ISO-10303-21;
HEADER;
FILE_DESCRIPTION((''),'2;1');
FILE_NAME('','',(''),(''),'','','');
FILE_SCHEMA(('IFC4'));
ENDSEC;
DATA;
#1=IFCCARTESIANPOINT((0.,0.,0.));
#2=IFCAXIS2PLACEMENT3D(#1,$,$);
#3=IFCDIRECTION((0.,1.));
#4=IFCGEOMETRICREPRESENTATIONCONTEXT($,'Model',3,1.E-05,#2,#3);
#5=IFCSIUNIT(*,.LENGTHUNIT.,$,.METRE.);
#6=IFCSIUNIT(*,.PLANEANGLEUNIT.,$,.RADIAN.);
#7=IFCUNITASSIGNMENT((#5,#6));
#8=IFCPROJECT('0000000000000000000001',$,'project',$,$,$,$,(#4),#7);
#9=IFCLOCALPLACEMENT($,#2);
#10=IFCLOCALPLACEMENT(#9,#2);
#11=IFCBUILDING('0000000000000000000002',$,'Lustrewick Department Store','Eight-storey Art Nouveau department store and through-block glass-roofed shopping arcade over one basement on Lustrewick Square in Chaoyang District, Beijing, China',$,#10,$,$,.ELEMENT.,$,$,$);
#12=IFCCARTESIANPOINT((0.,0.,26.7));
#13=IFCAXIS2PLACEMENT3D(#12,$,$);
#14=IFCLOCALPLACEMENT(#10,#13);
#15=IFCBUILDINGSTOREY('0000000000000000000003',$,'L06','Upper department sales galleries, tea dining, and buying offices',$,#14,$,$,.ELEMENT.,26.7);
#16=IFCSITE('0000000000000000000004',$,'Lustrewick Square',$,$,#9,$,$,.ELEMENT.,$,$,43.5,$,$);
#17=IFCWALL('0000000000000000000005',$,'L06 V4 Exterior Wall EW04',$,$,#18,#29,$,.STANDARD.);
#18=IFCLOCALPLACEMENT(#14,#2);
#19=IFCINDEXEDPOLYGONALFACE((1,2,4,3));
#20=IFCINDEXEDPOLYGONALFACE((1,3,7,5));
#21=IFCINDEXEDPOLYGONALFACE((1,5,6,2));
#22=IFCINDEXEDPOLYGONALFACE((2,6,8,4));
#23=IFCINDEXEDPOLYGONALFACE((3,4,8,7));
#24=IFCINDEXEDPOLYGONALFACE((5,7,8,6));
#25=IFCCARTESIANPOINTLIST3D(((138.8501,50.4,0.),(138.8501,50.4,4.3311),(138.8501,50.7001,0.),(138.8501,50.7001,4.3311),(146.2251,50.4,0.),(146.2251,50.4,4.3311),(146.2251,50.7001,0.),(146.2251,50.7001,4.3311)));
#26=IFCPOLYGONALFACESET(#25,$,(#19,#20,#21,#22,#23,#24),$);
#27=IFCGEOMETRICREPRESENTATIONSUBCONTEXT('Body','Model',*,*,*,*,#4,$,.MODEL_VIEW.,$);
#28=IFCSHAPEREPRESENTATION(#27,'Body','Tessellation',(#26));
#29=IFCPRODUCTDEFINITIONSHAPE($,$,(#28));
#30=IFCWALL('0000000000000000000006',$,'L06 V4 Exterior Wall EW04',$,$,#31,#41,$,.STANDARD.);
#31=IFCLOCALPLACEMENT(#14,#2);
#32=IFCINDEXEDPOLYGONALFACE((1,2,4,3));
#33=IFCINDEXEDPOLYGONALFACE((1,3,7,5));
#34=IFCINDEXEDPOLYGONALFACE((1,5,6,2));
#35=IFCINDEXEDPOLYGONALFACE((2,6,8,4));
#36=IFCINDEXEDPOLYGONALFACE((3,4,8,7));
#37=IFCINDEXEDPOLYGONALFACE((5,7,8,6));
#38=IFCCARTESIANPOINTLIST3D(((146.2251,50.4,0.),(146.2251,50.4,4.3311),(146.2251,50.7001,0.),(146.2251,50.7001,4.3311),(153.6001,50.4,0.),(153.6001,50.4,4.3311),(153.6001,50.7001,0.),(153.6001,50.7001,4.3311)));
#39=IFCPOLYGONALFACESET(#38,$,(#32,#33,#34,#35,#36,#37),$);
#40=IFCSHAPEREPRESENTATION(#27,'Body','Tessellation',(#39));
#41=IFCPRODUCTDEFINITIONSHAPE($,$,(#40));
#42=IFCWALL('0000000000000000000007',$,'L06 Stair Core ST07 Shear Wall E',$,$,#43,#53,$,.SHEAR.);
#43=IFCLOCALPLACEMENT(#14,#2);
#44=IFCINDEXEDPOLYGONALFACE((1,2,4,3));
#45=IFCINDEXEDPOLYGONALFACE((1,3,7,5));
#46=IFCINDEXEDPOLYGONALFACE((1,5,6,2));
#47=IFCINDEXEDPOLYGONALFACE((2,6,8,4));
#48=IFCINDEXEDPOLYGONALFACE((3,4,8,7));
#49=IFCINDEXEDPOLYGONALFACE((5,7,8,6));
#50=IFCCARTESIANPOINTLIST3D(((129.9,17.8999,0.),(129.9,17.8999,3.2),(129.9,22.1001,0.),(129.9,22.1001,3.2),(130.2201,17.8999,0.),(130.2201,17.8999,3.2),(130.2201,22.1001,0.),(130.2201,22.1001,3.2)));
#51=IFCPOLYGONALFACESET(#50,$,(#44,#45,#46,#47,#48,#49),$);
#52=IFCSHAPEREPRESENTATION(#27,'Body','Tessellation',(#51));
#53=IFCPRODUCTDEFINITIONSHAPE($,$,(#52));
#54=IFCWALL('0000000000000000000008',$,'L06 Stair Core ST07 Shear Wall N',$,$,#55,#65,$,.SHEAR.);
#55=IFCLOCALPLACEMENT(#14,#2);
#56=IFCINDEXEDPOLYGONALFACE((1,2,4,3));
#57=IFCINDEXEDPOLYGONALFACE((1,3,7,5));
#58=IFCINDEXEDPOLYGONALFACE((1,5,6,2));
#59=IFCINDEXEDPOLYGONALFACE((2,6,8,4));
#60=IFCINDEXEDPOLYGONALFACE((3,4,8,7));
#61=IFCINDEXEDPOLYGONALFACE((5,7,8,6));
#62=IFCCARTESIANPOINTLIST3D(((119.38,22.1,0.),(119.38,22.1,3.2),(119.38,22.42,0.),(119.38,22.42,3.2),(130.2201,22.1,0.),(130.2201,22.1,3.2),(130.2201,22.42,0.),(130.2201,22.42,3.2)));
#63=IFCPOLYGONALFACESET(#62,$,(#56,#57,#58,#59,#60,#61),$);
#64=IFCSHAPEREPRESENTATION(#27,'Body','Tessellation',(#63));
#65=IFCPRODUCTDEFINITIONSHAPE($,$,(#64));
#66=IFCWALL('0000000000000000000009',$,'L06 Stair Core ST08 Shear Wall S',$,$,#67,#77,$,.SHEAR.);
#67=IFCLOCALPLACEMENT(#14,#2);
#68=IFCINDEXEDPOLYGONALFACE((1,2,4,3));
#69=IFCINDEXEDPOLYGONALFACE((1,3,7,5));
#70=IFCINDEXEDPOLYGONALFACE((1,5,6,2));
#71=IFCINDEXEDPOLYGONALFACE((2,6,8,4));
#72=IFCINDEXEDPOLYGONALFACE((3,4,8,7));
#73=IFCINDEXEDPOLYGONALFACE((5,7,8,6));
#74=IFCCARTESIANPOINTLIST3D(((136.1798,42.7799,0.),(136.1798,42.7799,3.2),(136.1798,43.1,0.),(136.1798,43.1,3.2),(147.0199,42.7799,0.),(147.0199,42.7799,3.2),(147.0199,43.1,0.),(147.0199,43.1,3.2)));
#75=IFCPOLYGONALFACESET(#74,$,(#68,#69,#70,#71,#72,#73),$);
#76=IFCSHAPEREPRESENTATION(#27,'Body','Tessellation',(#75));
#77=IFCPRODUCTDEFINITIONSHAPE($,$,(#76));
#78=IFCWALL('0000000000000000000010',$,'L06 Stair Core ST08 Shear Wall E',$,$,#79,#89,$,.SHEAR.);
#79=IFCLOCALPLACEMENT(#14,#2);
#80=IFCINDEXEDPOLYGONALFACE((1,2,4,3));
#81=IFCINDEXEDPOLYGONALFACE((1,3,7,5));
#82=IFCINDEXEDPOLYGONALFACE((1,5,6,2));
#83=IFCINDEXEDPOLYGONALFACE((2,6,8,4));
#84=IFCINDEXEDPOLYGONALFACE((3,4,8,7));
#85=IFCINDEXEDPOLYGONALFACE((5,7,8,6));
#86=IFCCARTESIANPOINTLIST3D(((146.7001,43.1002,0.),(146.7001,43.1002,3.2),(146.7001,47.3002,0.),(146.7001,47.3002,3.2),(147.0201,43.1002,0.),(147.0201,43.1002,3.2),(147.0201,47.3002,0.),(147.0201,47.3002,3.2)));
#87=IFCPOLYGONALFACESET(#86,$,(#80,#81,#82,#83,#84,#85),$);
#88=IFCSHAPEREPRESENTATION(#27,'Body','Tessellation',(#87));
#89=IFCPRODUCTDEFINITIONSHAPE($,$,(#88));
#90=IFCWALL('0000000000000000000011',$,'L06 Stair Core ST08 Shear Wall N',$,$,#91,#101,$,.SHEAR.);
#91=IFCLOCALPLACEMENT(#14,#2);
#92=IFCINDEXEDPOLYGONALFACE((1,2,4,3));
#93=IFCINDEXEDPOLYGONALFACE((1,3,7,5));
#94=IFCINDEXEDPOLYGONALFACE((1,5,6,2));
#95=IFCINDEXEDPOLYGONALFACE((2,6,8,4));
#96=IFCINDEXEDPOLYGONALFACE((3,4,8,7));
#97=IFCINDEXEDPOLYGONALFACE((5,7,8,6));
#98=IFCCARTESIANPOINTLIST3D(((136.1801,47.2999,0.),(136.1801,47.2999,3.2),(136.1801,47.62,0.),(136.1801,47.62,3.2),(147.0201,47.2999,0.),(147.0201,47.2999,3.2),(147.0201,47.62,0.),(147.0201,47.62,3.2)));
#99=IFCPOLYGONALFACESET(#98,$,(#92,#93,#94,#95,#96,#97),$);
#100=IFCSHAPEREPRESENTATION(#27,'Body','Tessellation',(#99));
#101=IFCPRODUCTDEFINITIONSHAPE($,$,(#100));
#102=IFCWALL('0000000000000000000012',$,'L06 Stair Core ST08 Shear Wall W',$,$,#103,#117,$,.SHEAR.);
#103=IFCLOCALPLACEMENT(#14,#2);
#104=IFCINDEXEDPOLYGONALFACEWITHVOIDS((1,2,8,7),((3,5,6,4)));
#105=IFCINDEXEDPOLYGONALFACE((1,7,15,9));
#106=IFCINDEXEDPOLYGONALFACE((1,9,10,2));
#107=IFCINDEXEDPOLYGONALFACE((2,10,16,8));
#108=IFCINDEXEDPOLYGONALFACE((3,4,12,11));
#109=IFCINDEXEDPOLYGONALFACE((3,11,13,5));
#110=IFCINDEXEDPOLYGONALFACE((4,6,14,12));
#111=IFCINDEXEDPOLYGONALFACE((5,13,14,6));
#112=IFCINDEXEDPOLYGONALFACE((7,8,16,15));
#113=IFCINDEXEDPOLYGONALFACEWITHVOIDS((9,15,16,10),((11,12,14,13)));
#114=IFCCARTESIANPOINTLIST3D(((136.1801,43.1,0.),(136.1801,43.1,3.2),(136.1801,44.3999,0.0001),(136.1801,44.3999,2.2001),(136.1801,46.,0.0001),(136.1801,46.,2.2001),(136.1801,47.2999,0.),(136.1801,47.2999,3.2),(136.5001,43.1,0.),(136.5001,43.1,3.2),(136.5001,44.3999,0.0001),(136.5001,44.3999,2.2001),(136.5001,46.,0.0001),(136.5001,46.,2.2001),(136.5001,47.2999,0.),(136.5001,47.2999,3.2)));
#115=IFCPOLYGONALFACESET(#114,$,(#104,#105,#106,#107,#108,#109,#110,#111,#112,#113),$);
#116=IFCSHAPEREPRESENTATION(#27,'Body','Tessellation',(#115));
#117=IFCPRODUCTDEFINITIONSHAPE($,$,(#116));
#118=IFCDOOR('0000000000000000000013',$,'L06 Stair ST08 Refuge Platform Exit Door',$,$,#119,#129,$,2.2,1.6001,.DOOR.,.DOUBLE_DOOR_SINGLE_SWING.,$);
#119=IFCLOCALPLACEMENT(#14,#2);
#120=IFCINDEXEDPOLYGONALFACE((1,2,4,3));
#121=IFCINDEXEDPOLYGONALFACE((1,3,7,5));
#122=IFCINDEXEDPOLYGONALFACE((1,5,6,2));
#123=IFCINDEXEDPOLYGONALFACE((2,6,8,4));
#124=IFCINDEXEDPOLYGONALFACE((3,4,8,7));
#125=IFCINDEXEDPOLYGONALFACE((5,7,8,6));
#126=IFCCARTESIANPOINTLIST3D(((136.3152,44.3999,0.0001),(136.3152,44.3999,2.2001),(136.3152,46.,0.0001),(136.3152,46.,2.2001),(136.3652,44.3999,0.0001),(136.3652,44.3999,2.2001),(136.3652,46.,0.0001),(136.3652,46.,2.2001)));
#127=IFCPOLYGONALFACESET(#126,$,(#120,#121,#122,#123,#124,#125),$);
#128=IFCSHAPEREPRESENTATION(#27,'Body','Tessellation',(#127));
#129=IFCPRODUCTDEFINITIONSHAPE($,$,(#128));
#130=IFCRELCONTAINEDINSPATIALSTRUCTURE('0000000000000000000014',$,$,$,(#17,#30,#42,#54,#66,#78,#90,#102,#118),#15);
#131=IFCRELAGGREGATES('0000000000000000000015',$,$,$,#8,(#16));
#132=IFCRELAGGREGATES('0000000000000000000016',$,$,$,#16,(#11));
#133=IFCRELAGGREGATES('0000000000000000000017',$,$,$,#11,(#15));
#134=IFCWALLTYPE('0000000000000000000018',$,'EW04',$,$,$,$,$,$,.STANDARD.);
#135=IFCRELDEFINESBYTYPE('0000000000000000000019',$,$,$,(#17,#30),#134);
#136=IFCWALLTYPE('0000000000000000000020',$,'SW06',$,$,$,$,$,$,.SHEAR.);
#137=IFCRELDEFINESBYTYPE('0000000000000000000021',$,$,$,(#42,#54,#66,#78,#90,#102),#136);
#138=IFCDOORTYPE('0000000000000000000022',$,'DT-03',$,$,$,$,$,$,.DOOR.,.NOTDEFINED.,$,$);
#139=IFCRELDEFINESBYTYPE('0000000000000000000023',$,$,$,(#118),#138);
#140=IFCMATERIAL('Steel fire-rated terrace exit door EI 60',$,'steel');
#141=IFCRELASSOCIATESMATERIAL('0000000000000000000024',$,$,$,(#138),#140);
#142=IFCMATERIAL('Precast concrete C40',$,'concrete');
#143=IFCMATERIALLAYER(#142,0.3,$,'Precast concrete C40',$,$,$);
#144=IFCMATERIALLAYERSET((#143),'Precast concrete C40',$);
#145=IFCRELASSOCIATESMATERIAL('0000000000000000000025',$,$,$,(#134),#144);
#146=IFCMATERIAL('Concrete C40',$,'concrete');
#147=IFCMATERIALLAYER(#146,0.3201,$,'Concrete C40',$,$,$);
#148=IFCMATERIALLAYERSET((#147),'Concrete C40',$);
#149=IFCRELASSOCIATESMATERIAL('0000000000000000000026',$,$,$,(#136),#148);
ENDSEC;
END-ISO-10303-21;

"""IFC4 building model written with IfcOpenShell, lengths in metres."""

from ifc_helpers import new_model, si_unit, direction, frame, frame_2d, origin, place, context, subcontext, project, spatial, rectangle, extrude, material, layer, layer_set, type_object, element, fill, save


model = new_model("IFC4")

# Units and contexts
model_context = context("Model", 3, precision=1e-05, world=origin(), true_north=direction((0.0, 1.0)))
body_context = subcontext(model_context, "Body", "Model", "MODEL_VIEW")
ifc_project = project(units=[si_unit("LENGTHUNIT", "METRE"), si_unit("PLANEANGLEUNIT", "RADIAN")], contexts=[model_context])

# Site, building, storey
site_placement = place(None, origin())
site = spatial("IfcSite", under=ifc_project, at=site_placement, Name="Lustrewick Square", CompositionType="ELEMENT", RefElevation=43.5)
building_placement = place(site_placement, origin())
building = spatial("IfcBuilding", under=site, at=building_placement, Name="Lustrewick Department Store", Description="Eight-storey Art Nouveau department store and through-block glass-roofed shopping arcade over one basement on Lustrewick Square in Chaoyang District, Beijing, China", CompositionType="ELEMENT")
storey_placement = place(building_placement, frame((0.0, 0.0, 26.7)))
storey = spatial("IfcBuildingStorey", under=building, at=storey_placement, Name="L06", Description="Upper department sales galleries, tea dining, and buying offices", CompositionType="ELEMENT", Elevation=26.7)

# Shared definitions
ifc_material_1 = material(Name="Precast concrete C40", Category="concrete")
ifc_material_2 = material(Name="Steel fire-rated terrace exit door EI 60", Category="steel")
door_type = type_object("IfcDoorType", Name="DT-03", OperationType="NOTDEFINED", PredefinedType="DOOR", material=ifc_material_2)

# Walls
ifc_layer_1 = layer(ifc_material_1, 0.3, Name="Precast concrete C40")
ifc_layer_set_1 = layer_set([ifc_layer_1], Name="Precast concrete C40")
wall_type_1 = type_object("IfcWallType", Name="EW04", PredefinedType="STANDARD", material=ifc_layer_set_1)
for number, where, z_axis, x_axis, name in (
    (1, (138.8501, 50.55, 0.0), (0.0, 0.0, 1.0), (1.0, 0.0, 0.0), "L06 V4 Exterior Wall EW04"),
    (2, (146.2251, 50.55, 0.0), (0.0, 0.0, 1.0), (1.0, 0.0, 0.0), "L06 V4 Exterior Wall EW04"),
):
    element("IfcWall", number, at=place(storey_placement, frame(where, z_axis=z_axis, x_axis=x_axis)), inside=storey, type_object=wall_type_1, Name=name, PredefinedType="STANDARD", context=body_context, shape_type="SweptSolid", body=[
        extrude(rectangle(XDim=7.375, YDim=0.3, at=frame_2d((3.6875, 0.0))), origin(), (0.0, 0.0, 1.0), 4.3311),
    ])
ifc_material_3 = material(Name="Concrete C40", Category="concrete")
ifc_layer_2 = layer(ifc_material_3, 0.3201, Name="Concrete C40")
ifc_layer_set_2 = layer_set([ifc_layer_2], Name="Concrete C40")
wall_type_2 = type_object("IfcWallType", Name="SW06", PredefinedType="SHEAR", material=ifc_layer_set_2)
wall_1_placement = place(storey_placement, frame((130.0601, 17.8999, 0.0), z_axis=(0.0, 0.0, 1.0), x_axis=(0.0, 1.0, 0.0)))
element("IfcWall", 3, at=wall_1_placement, inside=storey, type_object=wall_type_2, Name="L06 Stair Core ST07 Shear Wall E", PredefinedType="SHEAR", context=body_context, shape_type="SweptSolid", body=[
    extrude(rectangle(XDim=4.2002, YDim=0.3201, at=frame_2d((2.1001, 0.0))), origin(), (0.0, 0.0, 1.0), 3.2),
])
for number, where, z_axis, x_axis, name in (
    (4, (130.22, 22.26, 0.0), (0.0, 0.0, 1.0), (-1.0, 0.0, 0.0), "L06 Stair Core ST07 Shear Wall N"),
    (5, (136.1799, 42.9399, 0.0), (0.0, 0.0, 1.0), (1.0, 0.0, 0.0), "L06 Stair Core ST08 Shear Wall S"),
):
    element("IfcWall", number, at=place(storey_placement, frame(where, z_axis=z_axis, x_axis=x_axis)), inside=storey, type_object=wall_type_2, Name=name, PredefinedType="SHEAR", context=body_context, shape_type="SweptSolid", body=[
        extrude(rectangle(XDim=10.8401, YDim=0.3201, at=frame_2d((5.4199, 0.0))), origin(), (0.0, 0.0, 1.0), 3.2),
    ])
wall_2_placement = place(storey_placement, frame((146.8601, 43.1001, 0.0), z_axis=(0.0, 0.0, 1.0), x_axis=(0.0, 1.0, 0.0)))
element("IfcWall", 6, at=wall_2_placement, inside=storey, type_object=wall_type_2, Name="L06 Stair Core ST08 Shear Wall E", PredefinedType="SHEAR", context=body_context, shape_type="SweptSolid", body=[
    extrude(rectangle(XDim=4.2, YDim=0.3201, at=frame_2d((2.1001, 0.0))), origin(), (0.0, 0.0, 1.0), 3.2),
])
wall_3_placement = place(storey_placement, frame((147.02, 47.46, 0.0), z_axis=(0.0, 0.0, 1.0), x_axis=(-1.0, 0.0, 0.0)))
element("IfcWall", 7, at=wall_3_placement, inside=storey, type_object=wall_type_2, Name="L06 Stair Core ST08 Shear Wall N", PredefinedType="SHEAR", context=body_context, shape_type="SweptSolid", body=[
    extrude(rectangle(XDim=10.8401, YDim=0.3201, at=frame_2d((5.4199, 0.0))), origin(), (0.0, 0.0, 1.0), 3.2),
])

# Wall, opening, door
wall_4_placement = place(storey_placement, frame((136.3401, 47.3, 0.0), z_axis=(0.0, 0.0, 1.0), x_axis=(0.0, -1.0, 0.0)))
wall_4 = element("IfcWall", 8, at=wall_4_placement, inside=storey, type_object=wall_type_2, Name="L06 Stair Core ST08 Shear Wall W", PredefinedType="SHEAR", context=body_context, shape_type="SweptSolid", body=[
    extrude(rectangle(XDim=4.2, YDim=0.3201, at=frame_2d((2.1001, 0.0))), origin(), (0.0, 0.0, 1.0), 3.2),
])
opening_1_placement = place(wall_4_placement, frame((1.3, 0.0, 0.0)))
opening_1 = element("IfcOpeningElement", 9, at=opening_1_placement, cuts=wall_4, PredefinedType="OPENING", context=body_context, shape_type="SweptSolid", body=[
    extrude(rectangle(XDim=1.6001, YDim=2.2, at=frame_2d((0.8, 1.1001))), frame((0.0, 0.1699, 0.0), z_axis=(0.0, -1.0, 0.0), x_axis=(1.0, 0.0, 0.0)), (0.0, 0.0, 1.0), 0.3401),
])
door_1_placement = place(opening_1_placement, frame((1.6001, 0.0, 0.0), z_axis=(0.0, 0.0, 1.0), x_axis=(-1.0, 0.0, 0.0)))
door_1 = element("IfcDoor", 10, at=door_1_placement, inside=storey, type_object=door_type, Name="L06 Stair ST08 Refuge Platform Exit Door", OperationType="DOUBLE_DOOR_SINGLE_SWING", OverallHeight=2.2, OverallWidth=1.6001, PredefinedType="DOOR", context=body_context, shape_type="SweptSolid", body=[
    extrude(rectangle(XDim=1.6001, YDim=2.2, at=frame_2d((0.8, 1.1001))), frame((0.0, 0.0249, 0.0), z_axis=(0.0, -1.0, 0.0), x_axis=(1.0, 0.0, 0.0)), (0.0, 0.0, 1.0), 0.05),
])
fill(opening_1, door_1)

save(model, "model.ifc")
